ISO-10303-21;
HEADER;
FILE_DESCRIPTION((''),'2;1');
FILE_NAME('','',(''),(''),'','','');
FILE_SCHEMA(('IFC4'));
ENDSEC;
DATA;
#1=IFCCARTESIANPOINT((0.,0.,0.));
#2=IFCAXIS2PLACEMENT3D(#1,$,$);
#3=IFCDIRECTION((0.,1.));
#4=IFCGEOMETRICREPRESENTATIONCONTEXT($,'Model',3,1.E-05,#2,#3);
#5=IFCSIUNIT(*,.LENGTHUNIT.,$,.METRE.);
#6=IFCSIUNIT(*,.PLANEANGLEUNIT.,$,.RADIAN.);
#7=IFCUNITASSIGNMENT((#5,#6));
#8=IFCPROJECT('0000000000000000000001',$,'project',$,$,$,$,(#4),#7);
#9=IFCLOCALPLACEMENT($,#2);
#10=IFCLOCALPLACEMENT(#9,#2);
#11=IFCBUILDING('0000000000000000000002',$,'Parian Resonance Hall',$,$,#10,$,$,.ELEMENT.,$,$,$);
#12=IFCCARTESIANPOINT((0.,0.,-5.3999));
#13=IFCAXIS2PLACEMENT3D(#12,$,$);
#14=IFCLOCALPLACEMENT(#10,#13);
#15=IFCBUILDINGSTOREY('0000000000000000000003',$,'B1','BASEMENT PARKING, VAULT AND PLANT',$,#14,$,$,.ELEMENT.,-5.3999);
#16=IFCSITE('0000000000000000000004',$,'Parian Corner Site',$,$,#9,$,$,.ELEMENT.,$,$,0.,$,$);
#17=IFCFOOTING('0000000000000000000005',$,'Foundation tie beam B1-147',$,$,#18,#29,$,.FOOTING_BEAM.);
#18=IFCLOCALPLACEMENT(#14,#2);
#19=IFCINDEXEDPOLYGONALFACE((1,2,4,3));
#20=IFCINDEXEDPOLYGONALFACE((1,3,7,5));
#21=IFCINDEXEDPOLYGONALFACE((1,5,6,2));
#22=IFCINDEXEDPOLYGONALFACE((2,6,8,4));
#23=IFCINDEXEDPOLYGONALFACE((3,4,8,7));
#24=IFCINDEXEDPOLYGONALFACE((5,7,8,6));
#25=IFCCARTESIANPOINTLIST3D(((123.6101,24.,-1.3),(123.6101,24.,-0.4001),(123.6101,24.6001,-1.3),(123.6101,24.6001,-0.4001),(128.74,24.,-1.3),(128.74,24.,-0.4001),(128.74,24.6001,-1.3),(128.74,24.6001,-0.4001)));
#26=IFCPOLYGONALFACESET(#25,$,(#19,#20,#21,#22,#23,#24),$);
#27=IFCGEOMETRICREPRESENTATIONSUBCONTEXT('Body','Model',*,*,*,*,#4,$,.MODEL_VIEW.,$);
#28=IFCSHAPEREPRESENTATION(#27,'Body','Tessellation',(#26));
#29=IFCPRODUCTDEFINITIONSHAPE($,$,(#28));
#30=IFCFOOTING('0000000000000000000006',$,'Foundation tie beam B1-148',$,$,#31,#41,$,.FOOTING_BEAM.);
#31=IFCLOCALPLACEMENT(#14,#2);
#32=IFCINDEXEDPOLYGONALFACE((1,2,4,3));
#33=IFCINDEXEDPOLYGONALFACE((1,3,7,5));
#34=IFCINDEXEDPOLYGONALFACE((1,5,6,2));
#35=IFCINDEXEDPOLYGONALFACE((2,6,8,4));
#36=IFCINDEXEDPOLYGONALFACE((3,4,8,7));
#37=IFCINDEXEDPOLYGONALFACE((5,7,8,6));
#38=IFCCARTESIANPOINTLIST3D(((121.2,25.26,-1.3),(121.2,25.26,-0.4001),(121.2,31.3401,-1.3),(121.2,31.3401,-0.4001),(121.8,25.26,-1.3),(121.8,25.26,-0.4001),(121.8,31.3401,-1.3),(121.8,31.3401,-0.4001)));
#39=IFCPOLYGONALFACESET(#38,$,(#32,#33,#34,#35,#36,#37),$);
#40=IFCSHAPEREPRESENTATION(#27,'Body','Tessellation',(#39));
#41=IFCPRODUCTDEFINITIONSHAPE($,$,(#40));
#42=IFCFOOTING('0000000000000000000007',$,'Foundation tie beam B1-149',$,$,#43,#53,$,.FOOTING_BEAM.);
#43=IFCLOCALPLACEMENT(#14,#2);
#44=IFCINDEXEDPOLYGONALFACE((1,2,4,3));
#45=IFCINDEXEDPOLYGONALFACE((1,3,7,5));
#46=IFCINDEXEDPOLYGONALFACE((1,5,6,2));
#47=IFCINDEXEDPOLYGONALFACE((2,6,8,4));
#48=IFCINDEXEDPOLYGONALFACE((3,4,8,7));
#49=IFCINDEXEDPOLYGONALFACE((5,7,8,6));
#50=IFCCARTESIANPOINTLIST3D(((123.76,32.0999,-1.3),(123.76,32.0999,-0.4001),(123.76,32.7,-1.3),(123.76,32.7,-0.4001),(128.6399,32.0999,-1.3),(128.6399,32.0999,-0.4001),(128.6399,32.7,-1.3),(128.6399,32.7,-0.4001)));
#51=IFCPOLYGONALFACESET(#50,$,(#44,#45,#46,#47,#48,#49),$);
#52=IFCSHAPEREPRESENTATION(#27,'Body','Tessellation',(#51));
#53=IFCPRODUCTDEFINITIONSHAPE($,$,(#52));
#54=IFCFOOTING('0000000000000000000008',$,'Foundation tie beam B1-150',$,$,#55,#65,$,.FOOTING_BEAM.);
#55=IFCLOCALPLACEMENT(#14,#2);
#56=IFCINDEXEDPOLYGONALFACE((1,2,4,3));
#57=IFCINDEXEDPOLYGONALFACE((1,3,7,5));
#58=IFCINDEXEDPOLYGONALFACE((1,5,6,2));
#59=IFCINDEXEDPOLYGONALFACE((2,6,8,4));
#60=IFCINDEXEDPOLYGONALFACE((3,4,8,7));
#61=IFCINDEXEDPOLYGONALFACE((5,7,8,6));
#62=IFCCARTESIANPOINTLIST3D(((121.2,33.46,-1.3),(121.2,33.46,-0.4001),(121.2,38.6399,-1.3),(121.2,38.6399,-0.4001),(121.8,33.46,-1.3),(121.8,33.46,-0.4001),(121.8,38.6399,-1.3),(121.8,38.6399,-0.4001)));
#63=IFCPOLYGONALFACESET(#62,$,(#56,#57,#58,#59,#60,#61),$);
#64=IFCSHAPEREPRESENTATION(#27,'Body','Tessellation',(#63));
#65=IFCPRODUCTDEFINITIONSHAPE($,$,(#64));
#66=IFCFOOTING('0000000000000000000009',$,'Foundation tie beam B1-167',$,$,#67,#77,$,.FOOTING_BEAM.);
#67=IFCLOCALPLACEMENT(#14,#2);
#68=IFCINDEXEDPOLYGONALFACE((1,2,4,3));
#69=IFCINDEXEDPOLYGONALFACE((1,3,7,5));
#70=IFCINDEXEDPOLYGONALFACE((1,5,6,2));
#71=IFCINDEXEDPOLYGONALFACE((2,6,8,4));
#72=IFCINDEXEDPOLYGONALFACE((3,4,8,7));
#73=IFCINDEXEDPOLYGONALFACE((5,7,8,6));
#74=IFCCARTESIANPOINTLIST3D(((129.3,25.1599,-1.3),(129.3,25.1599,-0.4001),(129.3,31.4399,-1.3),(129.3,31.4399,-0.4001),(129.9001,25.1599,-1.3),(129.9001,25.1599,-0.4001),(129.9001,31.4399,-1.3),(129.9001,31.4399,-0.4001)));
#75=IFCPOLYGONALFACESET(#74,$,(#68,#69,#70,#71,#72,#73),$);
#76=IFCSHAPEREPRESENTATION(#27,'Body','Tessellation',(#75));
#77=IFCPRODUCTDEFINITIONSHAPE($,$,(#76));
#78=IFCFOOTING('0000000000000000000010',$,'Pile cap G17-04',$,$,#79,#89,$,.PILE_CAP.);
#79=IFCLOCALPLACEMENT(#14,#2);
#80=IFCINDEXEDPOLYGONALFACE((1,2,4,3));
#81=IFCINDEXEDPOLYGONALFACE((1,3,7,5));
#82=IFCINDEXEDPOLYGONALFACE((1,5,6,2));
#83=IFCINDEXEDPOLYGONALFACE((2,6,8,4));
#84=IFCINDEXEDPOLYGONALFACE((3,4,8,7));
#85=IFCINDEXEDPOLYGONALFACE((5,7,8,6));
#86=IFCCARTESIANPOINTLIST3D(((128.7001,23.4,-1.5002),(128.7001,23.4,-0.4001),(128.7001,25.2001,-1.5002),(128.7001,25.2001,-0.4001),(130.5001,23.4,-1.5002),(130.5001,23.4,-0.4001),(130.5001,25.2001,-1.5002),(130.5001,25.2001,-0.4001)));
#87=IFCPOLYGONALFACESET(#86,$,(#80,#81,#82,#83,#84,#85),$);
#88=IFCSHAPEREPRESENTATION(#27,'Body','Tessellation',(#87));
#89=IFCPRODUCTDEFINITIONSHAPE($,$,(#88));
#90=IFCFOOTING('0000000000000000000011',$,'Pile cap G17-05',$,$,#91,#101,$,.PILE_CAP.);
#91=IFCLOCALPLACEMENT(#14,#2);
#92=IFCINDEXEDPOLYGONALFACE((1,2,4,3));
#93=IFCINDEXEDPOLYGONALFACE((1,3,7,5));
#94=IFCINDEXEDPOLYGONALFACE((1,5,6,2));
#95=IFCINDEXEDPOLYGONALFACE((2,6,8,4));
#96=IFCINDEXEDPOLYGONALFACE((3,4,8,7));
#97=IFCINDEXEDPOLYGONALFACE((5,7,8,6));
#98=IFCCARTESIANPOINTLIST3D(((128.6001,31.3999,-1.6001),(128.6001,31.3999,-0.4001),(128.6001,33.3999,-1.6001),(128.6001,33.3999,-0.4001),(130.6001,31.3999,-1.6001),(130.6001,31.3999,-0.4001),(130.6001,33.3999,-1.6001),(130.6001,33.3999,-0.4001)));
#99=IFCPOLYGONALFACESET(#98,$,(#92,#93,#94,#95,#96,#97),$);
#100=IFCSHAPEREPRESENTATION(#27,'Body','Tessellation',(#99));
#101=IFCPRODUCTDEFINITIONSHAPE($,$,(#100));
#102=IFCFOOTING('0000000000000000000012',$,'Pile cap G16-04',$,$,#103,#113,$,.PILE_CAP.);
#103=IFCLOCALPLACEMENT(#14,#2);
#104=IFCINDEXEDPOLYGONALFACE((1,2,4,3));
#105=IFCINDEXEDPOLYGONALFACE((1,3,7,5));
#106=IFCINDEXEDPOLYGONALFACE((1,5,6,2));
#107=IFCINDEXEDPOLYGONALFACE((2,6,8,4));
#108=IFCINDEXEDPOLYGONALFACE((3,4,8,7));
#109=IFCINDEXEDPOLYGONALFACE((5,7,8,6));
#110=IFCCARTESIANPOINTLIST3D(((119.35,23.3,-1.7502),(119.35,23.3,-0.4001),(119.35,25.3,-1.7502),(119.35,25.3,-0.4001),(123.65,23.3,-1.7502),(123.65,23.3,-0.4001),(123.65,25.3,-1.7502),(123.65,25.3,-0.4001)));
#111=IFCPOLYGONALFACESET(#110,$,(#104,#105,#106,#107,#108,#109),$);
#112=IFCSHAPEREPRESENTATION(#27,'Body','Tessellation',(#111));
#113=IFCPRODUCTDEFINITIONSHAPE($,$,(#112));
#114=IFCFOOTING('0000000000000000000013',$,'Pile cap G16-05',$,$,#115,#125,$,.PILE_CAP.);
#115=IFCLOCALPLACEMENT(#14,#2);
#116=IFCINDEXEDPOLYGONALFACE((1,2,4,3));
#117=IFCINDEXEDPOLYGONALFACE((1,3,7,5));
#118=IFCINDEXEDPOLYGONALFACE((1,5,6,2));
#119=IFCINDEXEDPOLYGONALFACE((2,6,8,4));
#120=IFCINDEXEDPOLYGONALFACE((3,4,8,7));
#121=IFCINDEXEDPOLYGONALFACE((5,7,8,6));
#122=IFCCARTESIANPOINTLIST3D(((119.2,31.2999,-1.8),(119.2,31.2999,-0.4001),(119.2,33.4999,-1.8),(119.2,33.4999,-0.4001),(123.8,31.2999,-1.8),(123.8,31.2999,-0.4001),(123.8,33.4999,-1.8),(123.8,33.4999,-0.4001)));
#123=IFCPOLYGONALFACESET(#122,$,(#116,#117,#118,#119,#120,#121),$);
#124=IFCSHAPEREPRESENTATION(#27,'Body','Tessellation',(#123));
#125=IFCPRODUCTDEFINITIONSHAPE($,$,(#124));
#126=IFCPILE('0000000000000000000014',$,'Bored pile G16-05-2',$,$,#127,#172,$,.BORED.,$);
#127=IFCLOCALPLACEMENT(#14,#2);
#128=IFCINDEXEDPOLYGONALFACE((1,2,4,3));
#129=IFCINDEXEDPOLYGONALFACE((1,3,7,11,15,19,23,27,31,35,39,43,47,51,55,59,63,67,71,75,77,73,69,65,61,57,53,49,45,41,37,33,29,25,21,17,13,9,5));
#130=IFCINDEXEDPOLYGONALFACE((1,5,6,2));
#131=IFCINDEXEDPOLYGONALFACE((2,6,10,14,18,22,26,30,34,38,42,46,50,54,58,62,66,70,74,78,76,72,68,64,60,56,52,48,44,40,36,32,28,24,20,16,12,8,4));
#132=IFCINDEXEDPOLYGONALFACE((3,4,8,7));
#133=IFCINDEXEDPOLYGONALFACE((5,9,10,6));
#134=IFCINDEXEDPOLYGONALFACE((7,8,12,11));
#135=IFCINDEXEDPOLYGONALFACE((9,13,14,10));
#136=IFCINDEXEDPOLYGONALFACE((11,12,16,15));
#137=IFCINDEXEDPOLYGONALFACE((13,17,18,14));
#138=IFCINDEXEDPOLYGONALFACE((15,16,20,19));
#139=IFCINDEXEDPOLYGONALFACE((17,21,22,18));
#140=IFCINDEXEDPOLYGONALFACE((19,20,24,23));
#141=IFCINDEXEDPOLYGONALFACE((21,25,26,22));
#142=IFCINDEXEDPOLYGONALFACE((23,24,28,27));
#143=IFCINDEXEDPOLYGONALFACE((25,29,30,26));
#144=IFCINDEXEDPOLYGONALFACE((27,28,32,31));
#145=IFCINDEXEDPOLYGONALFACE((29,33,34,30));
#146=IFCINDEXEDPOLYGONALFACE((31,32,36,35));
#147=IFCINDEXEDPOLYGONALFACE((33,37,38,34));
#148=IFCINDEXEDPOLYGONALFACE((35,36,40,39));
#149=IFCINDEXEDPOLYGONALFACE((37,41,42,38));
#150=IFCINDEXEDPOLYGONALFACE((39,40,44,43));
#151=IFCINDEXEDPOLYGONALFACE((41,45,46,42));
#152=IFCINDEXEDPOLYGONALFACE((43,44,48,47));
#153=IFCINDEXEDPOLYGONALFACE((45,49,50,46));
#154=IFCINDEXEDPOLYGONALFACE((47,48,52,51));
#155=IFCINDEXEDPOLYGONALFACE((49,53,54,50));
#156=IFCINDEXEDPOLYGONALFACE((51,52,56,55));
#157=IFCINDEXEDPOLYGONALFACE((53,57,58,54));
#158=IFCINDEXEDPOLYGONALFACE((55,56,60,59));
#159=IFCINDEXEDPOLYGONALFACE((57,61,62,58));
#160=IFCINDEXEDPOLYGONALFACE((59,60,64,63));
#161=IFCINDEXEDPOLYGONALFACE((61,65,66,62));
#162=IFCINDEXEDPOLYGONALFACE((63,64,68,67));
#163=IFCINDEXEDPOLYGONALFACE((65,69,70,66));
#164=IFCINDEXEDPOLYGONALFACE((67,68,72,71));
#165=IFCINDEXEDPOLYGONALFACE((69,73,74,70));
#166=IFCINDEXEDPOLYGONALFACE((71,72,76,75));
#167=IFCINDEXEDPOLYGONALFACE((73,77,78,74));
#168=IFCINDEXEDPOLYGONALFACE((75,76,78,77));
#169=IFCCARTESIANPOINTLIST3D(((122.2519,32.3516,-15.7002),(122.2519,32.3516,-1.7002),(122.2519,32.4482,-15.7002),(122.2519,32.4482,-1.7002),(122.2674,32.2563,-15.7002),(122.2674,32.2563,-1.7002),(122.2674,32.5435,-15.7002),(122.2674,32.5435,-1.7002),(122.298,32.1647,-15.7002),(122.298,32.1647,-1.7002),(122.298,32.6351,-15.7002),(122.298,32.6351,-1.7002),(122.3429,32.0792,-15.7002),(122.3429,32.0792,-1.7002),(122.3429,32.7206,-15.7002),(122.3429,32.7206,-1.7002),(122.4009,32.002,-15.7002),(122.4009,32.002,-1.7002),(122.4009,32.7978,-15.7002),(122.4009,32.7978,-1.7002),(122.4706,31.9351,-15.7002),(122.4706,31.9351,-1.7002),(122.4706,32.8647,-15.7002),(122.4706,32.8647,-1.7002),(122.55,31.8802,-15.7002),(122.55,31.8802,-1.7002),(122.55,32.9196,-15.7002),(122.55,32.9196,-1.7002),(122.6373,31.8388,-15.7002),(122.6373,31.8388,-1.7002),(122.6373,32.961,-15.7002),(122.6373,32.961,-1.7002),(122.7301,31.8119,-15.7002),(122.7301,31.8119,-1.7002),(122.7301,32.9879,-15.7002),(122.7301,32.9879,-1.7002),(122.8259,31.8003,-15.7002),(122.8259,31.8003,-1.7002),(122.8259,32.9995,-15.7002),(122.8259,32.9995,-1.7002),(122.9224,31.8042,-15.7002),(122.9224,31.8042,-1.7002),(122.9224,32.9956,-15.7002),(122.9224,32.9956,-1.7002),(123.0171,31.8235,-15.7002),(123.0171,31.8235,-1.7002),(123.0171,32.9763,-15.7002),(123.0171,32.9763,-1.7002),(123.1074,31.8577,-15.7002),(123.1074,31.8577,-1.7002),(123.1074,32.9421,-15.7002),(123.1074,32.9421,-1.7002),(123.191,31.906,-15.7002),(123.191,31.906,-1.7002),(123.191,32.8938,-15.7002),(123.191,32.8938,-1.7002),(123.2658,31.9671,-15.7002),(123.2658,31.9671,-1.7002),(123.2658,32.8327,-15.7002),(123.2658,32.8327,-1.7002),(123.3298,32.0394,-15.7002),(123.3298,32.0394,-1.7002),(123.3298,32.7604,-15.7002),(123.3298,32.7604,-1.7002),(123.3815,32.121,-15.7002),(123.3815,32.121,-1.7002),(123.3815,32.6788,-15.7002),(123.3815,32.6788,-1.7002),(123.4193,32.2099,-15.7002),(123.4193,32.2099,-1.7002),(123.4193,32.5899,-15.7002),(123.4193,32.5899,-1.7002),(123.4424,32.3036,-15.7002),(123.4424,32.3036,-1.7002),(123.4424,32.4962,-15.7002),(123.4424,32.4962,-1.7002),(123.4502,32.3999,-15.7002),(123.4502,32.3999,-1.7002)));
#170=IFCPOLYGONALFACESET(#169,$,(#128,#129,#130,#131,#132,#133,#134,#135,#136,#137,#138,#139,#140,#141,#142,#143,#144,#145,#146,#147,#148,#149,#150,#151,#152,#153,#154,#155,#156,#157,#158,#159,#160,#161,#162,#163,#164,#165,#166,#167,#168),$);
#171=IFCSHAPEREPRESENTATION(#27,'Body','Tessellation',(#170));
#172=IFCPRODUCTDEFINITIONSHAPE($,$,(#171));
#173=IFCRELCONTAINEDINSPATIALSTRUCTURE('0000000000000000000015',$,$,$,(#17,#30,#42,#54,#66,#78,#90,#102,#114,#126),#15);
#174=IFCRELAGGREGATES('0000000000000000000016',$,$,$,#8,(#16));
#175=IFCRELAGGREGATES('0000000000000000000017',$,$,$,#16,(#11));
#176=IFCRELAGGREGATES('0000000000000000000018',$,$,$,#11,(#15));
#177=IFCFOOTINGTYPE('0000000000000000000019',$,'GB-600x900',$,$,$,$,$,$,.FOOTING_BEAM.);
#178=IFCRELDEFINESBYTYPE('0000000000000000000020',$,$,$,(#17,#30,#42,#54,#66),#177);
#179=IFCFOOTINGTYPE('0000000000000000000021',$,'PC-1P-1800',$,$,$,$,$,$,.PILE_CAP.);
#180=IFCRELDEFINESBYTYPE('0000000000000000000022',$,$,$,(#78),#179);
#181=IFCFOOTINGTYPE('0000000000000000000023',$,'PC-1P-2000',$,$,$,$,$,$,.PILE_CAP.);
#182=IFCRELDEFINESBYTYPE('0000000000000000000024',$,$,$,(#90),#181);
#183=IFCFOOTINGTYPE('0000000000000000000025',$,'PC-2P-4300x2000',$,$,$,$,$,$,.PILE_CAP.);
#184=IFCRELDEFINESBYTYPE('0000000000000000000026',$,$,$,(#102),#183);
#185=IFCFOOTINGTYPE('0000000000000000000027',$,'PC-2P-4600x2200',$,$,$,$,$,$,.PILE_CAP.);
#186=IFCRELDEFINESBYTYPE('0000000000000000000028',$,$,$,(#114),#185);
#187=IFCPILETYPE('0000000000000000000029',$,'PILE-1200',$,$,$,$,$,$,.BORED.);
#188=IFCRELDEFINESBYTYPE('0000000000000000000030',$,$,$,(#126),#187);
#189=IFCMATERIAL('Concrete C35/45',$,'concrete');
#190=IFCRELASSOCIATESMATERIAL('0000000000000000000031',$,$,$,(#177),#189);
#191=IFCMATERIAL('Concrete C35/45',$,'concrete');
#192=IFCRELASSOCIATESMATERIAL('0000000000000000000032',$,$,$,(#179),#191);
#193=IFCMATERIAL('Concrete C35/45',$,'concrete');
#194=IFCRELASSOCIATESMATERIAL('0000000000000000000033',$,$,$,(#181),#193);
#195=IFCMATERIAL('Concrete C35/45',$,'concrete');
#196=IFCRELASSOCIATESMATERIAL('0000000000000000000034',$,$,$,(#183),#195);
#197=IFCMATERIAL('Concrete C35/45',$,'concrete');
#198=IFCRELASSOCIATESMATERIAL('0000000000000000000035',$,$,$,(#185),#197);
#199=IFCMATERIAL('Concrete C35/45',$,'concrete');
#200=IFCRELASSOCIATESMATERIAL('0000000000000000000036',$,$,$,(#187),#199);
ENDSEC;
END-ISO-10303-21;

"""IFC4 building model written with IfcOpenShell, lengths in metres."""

from ifc_helpers import new_model, si_unit, direction, frame, origin, origin_2d, place, context, subcontext, project, spatial, rectangle, circle, extrude, material, material_profile, profile_set, type_object, element, save


model = new_model("IFC4")

# Units and contexts
model_context = context("Model", 3, precision=1e-05, world=origin(), true_north=direction((0.0, 1.0)))
body_context = subcontext(model_context, "Body", "Model", "MODEL_VIEW")
ifc_project = project(units=[si_unit("LENGTHUNIT", "METRE"), si_unit("PLANEANGLEUNIT", "RADIAN")], contexts=[model_context])

# Site, building, storey
site_placement = place(None, origin())
site = spatial("IfcSite", under=ifc_project, at=site_placement, Name="Parian Corner Site", CompositionType="ELEMENT", RefElevation=0.0)
building_placement = place(site_placement, origin())
building = spatial("IfcBuilding", under=site, at=building_placement, Name="Parian Resonance Hall", CompositionType="ELEMENT")
storey_placement = place(building_placement, frame((0.0, 0.0, -5.3999)))
storey = spatial("IfcBuildingStorey", under=building, at=storey_placement, Name="B1", Description="BASEMENT PARKING, VAULT AND PLANT", CompositionType="ELEMENT", Elevation=-5.3999)

# Footings
ifc_material_1 = material(Name="Concrete C35/45", Category="concrete")
ifc_material_profile_1 = material_profile(ifc_material_1, rectangle(XDim=0.6001, YDim=0.8999, at=origin_2d()), Name="RC-GB-600x900")
ifc_profile_set_1 = profile_set([ifc_material_profile_1], Name="Concrete C35/45")
footing_type_1 = type_object("IfcFootingType", Name="GB-600x900", PredefinedType="FOOTING_BEAM", material=ifc_profile_set_1)
footing_1_placement = place(storey_placement, frame((123.6101, 24.3, -0.8501), z_axis=(1.0, 0.0, 0.0), x_axis=(0.0, 1.0, 0.0)))
element("IfcFooting", 1, at=footing_1_placement, inside=storey, type_object=footing_type_1, Name="Foundation tie beam B1-147", PredefinedType="FOOTING_BEAM", context=body_context, shape_type="SweptSolid", body=[
    extrude(rectangle(XDim=0.6001, YDim=0.8999, at=origin_2d()), origin(), (0.0, 0.0, 1.0), 5.1299),
])
footing_2_placement = place(storey_placement, frame((121.5, 25.26, -0.8501), z_axis=(0.0, 1.0, 0.0), x_axis=(-1.0, 0.0, 0.0)))
element("IfcFooting", 2, at=footing_2_placement, inside=storey, type_object=footing_type_1, Name="Foundation tie beam B1-148", PredefinedType="FOOTING_BEAM", context=body_context, shape_type="SweptSolid", body=[
    extrude(rectangle(XDim=0.6001, YDim=0.8999, at=origin_2d()), origin(), (0.0, 0.0, 1.0), 6.0801),
])
footing_3_placement = place(storey_placement, frame((123.76, 32.3999, -0.8501), z_axis=(1.0, 0.0, 0.0), x_axis=(0.0, 1.0, 0.0)))
element("IfcFooting", 3, at=footing_3_placement, inside=storey, type_object=footing_type_1, Name="Foundation tie beam B1-149", PredefinedType="FOOTING_BEAM", context=body_context, shape_type="SweptSolid", body=[
    extrude(rectangle(XDim=0.6001, YDim=0.8999, at=origin_2d()), origin(), (0.0, 0.0, 1.0), 4.8799),
])
footing_4_placement = place(storey_placement, frame((121.5, 33.46, -0.8501), z_axis=(0.0, 1.0, 0.0), x_axis=(-1.0, 0.0, 0.0)))
element("IfcFooting", 4, at=footing_4_placement, inside=storey, type_object=footing_type_1, Name="Foundation tie beam B1-150", PredefinedType="FOOTING_BEAM", context=body_context, shape_type="SweptSolid", body=[
    extrude(rectangle(XDim=0.6001, YDim=0.8999, at=origin_2d()), origin(), (0.0, 0.0, 1.0), 5.1799),
])
footing_5_placement = place(storey_placement, frame((129.6001, 25.1599, -0.8501), z_axis=(0.0, 1.0, 0.0), x_axis=(-1.0, 0.0, 0.0)))
element("IfcFooting", 5, at=footing_5_placement, inside=storey, type_object=footing_type_1, Name="Foundation tie beam B1-167", PredefinedType="FOOTING_BEAM", context=body_context, shape_type="SweptSolid", body=[
    extrude(rectangle(XDim=0.6001, YDim=0.8999, at=origin_2d()), origin(), (0.0, 0.0, 1.0), 6.28),
])
ifc_material_2 = material(Name="Concrete C35/45", Category="concrete")
footing_type_2 = type_object("IfcFootingType", Name="PC-1P-1800", PredefinedType="PILE_CAP", material=ifc_material_2)
footing_6_placement = place(storey_placement, frame((129.6001, 24.3, -1.5002), z_axis=(0.0, 0.0, 1.0), x_axis=(1.0, 0.0, 0.0)))
element("IfcFooting", 6, at=footing_6_placement, inside=storey, type_object=footing_type_2, Name="Pile cap G17-04", PredefinedType="PILE_CAP", context=body_context, shape_type="SweptSolid", body=[
    extrude(rectangle(XDim=1.8, YDim=1.8, at=origin_2d()), origin(), (0.0, 0.0, 1.0), 1.1001),
])
ifc_material_3 = material(Name="Concrete C35/45", Category="concrete")
footing_type_3 = type_object("IfcFootingType", Name="PC-1P-2000", PredefinedType="PILE_CAP", material=ifc_material_3)
footing_7_placement = place(storey_placement, frame((129.6001, 32.3999, -1.6001), z_axis=(0.0, 0.0, 1.0), x_axis=(1.0, 0.0, 0.0)))
element("IfcFooting", 7, at=footing_7_placement, inside=storey, type_object=footing_type_3, Name="Pile cap G17-05", PredefinedType="PILE_CAP", context=body_context, shape_type="SweptSolid", body=[
    extrude(rectangle(XDim=2.0, YDim=2.0, at=origin_2d()), origin(), (0.0, 0.0, 1.0), 1.2),
])
ifc_material_4 = material(Name="Concrete C35/45", Category="concrete")
footing_type_4 = type_object("IfcFootingType", Name="PC-2P-4300x2000", PredefinedType="PILE_CAP", material=ifc_material_4)
footing_8_placement = place(storey_placement, frame((121.5, 24.3, -1.7502), z_axis=(0.0, 0.0, 1.0), x_axis=(1.0, 0.0, 0.0)))
element("IfcFooting", 8, at=footing_8_placement, inside=storey, type_object=footing_type_4, Name="Pile cap G16-04", PredefinedType="PILE_CAP", context=body_context, shape_type="SweptSolid", body=[
    extrude(rectangle(XDim=4.3, YDim=2.0, at=origin_2d()), origin(), (0.0, 0.0, 1.0), 1.3501),
])
ifc_material_5 = material(Name="Concrete C35/45", Category="concrete")
footing_type_5 = type_object("IfcFootingType", Name="PC-2P-4600x2200", PredefinedType="PILE_CAP", material=ifc_material_5)
footing_9_placement = place(storey_placement, frame((121.5, 32.3999, -1.8), z_axis=(0.0, 0.0, 1.0), x_axis=(1.0, 0.0, 0.0)))
element("IfcFooting", 9, at=footing_9_placement, inside=storey, type_object=footing_type_5, Name="Pile cap G16-05", PredefinedType="PILE_CAP", context=body_context, shape_type="SweptSolid", body=[
    extrude(rectangle(XDim=4.6001, YDim=2.2, at=origin_2d()), origin(), (0.0, 0.0, 1.0), 1.3999),
])

# Pile
ifc_material_6 = material(Name="Concrete C35/45", Category="concrete")
ifc_material_profile_2 = material_profile(ifc_material_6, circle(Radius=0.6001, at=origin_2d()), Name="PILE-D1200")
ifc_profile_set_2 = profile_set([ifc_material_profile_2], Name="Concrete C35/45")
pile_type_1 = type_object("IfcPileType", Name="PILE-1200", PredefinedType="BORED", material=ifc_profile_set_2)
for number, where, z_axis, x_axis, name in (
    (10, (122.8501, 32.3999, -1.7002), (0.0, 0.0, -1.0), (1.0, 0.0, 0.0), "Bored pile G16-05-2"),
):
    element("IfcPile", number, at=place(storey_placement, frame(where, z_axis=z_axis, x_axis=x_axis)), inside=storey, type_object=pile_type_1, Name=name, PredefinedType="BORED", context=body_context, shape_type="SweptSolid", body=[
        extrude(circle(Radius=0.6001, at=origin_2d()), origin(), (0.0, 0.0, 1.0), 14.0),
    ])

save(model, "model.ifc")
